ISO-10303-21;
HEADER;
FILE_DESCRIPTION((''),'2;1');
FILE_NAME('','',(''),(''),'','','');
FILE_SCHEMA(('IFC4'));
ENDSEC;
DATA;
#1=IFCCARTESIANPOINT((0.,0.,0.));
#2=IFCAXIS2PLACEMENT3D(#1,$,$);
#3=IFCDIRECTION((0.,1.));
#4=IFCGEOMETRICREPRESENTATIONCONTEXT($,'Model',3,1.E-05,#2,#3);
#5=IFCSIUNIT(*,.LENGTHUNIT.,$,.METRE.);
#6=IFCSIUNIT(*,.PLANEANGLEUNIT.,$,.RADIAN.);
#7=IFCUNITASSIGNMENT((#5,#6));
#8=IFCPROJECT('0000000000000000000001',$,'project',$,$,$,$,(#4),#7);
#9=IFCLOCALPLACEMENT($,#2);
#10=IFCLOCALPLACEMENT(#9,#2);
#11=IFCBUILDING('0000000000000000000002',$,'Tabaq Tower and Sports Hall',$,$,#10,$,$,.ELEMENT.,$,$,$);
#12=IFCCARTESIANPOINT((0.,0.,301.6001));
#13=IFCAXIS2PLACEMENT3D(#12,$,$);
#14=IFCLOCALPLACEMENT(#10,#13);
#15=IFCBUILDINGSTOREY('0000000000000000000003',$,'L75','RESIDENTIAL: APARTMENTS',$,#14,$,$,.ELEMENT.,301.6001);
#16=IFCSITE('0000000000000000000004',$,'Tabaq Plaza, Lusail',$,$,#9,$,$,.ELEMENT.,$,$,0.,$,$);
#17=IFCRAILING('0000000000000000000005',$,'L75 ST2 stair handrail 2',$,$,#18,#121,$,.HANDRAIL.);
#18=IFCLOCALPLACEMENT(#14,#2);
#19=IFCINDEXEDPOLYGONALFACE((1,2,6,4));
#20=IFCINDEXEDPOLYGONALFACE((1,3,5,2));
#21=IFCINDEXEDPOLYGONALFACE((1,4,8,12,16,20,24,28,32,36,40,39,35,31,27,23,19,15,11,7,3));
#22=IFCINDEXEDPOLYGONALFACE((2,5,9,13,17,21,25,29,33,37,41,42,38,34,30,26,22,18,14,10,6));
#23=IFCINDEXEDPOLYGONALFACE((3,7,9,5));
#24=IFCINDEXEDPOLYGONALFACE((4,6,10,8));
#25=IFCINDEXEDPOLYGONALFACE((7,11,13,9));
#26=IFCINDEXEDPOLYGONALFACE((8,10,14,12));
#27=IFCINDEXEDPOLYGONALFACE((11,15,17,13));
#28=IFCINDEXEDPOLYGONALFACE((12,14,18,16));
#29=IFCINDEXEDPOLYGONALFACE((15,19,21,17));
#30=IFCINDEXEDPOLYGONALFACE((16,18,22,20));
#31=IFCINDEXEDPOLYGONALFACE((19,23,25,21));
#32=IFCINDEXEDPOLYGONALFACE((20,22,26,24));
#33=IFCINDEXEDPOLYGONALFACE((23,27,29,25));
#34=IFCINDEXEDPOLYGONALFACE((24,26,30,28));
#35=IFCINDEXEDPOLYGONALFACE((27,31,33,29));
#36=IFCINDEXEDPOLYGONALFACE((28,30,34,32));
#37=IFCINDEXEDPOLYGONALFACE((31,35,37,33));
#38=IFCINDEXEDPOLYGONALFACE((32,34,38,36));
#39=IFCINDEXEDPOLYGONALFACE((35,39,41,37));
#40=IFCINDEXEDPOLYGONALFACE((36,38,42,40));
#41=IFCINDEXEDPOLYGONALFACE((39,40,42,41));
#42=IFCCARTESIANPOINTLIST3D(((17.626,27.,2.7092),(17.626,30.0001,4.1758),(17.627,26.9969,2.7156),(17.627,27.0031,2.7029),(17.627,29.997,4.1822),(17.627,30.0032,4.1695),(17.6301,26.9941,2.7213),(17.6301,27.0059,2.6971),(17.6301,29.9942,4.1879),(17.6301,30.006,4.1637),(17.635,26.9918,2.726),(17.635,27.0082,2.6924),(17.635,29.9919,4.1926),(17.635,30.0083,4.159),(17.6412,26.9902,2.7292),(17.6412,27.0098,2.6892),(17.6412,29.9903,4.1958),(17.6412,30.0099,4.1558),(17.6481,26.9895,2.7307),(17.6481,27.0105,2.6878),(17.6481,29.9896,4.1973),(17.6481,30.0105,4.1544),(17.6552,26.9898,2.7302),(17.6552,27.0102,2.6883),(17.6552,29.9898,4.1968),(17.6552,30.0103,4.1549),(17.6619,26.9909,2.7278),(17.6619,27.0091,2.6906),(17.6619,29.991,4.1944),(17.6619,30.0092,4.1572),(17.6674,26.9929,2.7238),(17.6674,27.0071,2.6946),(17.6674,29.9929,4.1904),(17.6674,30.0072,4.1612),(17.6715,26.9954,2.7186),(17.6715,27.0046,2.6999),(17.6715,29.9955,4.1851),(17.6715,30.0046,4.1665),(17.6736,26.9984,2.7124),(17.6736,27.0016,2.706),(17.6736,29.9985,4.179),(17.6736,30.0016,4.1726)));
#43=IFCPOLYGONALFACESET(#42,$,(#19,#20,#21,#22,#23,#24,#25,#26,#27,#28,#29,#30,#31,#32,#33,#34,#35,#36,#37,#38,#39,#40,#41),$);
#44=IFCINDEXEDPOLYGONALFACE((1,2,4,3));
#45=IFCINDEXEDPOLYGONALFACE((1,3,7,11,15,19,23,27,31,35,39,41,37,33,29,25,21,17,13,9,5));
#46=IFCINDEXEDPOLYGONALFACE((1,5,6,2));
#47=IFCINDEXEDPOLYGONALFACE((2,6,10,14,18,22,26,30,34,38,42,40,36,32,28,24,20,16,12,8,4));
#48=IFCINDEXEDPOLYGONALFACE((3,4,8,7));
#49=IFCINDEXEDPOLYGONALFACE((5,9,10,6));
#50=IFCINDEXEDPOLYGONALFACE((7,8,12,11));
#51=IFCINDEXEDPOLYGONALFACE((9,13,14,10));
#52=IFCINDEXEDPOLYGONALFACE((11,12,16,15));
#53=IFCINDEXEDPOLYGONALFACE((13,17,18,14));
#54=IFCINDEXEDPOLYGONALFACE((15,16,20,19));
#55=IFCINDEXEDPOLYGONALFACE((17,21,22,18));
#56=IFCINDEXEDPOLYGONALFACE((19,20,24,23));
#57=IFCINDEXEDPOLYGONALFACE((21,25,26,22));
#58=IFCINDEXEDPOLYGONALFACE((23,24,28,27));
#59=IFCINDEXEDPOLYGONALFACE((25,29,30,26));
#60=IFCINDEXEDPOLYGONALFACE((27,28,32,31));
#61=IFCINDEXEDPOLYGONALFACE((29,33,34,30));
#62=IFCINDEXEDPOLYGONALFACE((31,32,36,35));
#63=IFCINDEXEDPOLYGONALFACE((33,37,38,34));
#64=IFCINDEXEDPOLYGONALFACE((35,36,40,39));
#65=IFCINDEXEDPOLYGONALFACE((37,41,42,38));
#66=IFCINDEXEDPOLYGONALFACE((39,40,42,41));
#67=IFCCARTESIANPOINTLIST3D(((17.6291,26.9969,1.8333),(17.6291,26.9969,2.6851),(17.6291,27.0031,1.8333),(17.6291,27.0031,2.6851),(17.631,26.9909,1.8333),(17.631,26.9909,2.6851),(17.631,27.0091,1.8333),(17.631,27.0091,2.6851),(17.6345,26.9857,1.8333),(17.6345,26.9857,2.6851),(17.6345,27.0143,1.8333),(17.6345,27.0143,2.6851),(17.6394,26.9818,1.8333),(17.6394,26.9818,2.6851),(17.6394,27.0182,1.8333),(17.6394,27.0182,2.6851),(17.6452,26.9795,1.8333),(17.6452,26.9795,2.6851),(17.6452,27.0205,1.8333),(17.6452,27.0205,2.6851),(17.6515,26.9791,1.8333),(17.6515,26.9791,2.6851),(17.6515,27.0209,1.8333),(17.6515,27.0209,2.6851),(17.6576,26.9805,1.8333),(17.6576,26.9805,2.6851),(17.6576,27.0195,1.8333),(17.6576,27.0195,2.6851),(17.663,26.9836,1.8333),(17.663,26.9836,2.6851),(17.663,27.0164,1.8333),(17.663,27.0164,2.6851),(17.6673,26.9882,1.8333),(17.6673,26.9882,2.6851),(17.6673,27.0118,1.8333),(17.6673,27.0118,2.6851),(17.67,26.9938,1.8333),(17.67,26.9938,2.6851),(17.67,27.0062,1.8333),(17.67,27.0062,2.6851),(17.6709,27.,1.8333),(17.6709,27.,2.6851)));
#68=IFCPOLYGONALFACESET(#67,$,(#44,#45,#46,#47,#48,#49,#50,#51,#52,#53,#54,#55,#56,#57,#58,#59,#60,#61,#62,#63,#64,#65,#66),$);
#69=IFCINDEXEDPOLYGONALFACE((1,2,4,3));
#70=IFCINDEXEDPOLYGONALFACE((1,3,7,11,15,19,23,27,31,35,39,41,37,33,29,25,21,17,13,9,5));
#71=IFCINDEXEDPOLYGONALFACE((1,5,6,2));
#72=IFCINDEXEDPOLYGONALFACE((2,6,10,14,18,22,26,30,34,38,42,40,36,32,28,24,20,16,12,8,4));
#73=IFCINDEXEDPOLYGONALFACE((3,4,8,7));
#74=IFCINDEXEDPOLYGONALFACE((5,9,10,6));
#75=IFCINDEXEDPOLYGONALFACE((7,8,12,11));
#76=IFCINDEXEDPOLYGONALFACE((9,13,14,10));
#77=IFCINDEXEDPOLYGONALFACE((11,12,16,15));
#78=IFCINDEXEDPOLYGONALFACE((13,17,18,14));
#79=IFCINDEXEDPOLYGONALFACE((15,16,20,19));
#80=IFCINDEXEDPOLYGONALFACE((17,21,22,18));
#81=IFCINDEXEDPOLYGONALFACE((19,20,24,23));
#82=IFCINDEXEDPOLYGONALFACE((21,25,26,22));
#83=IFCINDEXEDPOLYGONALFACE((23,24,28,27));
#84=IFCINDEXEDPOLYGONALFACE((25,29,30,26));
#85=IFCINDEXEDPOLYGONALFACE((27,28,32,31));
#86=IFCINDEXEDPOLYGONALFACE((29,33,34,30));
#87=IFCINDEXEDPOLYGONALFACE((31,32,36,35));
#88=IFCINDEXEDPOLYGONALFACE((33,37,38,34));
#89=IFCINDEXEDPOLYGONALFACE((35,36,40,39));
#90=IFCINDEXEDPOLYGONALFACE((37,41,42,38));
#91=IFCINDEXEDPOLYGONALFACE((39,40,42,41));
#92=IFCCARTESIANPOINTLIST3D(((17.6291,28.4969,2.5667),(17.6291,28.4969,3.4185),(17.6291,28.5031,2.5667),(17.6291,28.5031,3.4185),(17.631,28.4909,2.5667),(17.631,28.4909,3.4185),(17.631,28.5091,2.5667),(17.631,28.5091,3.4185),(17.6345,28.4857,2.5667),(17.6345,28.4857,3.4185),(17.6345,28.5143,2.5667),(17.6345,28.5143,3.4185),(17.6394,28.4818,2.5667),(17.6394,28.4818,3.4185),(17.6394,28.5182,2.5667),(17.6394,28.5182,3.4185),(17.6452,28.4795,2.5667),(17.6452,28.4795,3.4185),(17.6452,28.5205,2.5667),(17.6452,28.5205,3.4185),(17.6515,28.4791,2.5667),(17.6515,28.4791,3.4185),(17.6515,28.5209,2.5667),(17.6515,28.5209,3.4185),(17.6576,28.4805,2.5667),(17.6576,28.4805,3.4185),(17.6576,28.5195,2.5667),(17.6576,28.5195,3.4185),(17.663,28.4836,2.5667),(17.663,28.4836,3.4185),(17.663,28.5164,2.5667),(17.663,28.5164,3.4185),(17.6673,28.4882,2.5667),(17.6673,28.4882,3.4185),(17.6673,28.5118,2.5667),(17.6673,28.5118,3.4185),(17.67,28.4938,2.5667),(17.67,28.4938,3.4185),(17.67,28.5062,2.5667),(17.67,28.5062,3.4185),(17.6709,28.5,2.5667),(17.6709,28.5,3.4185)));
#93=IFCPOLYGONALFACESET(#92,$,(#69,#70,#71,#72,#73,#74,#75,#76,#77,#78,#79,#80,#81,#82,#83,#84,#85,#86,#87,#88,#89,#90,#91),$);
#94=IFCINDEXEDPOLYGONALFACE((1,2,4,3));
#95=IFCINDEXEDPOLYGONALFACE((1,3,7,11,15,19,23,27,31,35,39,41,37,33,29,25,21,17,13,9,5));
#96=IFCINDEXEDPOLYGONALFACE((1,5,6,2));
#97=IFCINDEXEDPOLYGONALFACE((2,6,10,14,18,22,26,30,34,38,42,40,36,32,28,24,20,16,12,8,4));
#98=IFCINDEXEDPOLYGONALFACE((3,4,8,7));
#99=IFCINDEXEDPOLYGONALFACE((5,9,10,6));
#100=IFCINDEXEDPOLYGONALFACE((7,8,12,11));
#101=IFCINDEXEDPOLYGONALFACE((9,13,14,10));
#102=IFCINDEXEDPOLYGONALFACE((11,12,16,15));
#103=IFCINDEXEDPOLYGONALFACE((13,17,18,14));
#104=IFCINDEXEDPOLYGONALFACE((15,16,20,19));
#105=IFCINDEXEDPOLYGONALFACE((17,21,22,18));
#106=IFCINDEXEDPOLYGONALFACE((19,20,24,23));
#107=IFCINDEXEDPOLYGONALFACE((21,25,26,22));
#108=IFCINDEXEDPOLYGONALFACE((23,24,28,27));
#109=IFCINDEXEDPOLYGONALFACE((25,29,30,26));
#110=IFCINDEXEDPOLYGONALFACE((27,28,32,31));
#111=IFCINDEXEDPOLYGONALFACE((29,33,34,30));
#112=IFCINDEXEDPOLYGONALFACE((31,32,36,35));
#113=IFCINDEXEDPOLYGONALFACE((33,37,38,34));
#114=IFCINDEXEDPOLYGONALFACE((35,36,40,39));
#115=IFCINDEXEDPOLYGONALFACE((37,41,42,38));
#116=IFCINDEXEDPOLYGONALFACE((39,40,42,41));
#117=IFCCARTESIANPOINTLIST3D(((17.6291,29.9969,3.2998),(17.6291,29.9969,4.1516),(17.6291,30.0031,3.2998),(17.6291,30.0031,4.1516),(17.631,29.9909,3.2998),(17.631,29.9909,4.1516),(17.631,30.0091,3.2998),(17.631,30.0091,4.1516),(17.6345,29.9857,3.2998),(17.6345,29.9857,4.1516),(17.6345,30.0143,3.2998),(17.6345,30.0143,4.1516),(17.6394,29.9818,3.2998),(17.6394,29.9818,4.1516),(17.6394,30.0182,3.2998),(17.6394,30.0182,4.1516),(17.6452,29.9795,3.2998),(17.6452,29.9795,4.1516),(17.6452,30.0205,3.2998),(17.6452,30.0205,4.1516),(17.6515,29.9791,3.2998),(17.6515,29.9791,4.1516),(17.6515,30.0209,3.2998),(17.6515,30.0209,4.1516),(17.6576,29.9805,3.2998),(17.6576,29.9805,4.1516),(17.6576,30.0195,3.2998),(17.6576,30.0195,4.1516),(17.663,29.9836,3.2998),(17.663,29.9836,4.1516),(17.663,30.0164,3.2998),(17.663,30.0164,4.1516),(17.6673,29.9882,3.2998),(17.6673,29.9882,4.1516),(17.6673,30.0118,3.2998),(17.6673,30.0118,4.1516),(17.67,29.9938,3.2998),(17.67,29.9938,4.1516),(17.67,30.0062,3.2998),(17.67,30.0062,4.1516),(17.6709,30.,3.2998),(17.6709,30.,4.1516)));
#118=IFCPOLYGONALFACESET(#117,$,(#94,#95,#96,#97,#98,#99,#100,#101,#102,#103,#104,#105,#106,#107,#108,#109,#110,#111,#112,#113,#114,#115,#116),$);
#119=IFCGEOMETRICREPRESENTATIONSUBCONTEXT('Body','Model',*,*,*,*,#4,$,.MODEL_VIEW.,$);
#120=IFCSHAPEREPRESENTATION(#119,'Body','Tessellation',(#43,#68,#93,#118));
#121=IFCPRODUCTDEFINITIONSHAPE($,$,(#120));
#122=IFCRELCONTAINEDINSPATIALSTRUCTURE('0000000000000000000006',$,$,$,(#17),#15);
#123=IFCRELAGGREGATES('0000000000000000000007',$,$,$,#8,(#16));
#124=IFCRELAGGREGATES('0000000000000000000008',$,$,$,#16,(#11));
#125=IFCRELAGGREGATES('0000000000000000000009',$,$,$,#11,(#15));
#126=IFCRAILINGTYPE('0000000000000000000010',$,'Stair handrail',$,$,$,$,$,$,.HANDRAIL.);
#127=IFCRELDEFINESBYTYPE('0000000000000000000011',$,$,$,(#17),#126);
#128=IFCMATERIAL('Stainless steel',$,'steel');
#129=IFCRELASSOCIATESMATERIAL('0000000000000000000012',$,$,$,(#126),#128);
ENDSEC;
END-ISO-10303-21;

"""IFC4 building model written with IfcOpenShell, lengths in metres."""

from ifc_helpers import new_model, si_unit, direction, frame, origin, origin_2d, place, context, subcontext, project, spatial, circle, extrude, material, type_object, element, save


model = new_model("IFC4")

# Units and contexts
model_context = context("Model", 3, precision=1e-05, world=origin(), true_north=direction((0.0, 1.0)))
body_context = subcontext(model_context, "Body", "Model", "MODEL_VIEW")
ifc_project = project(units=[si_unit("LENGTHUNIT", "METRE"), si_unit("PLANEANGLEUNIT", "RADIAN")], contexts=[model_context])

# Site, building, storey
site_placement = place(None, origin())
site = spatial("IfcSite", under=ifc_project, at=site_placement, Name="Tabaq Plaza, Lusail", CompositionType="ELEMENT", RefElevation=0.0)
building_placement = place(site_placement, origin())
building = spatial("IfcBuilding", under=site, at=building_placement, Name="Tabaq Tower and Sports Hall", CompositionType="ELEMENT")
storey_placement = place(building_placement, frame((0.0, 0.0, 301.6001)))
storey = spatial("IfcBuildingStorey", under=building, at=storey_placement, Name="L75", Description="RESIDENTIAL: APARTMENTS", CompositionType="ELEMENT", Elevation=301.6001)

# Railing
ifc_material_1 = material(Name="Stainless steel", Category="steel")
railing_type_1 = type_object("IfcRailingType", Name="Stair handrail", PredefinedType="HANDRAIL", material=ifc_material_1)
railing_1_placement = place(storey_placement, frame((17.6499, 27.0, 1.8333)))
element("IfcRailing", 1, at=railing_1_placement, inside=storey, type_object=railing_type_1, Name="L75 ST2 stair handrail 2", PredefinedType="HANDRAIL", context=body_context, shape_type="SweptSolid", body=[
    extrude(circle(Radius=0.0239, at=origin_2d()), frame((0.0, 0.0, 0.876), z_axis=(0.0, 0.898398, 0.439183), x_axis=(-1.0, 0.0, 0.0)), (0.0, 0.0, 1.0), 3.3394),
    extrude(circle(Radius=0.021, at=origin_2d()), origin(), (0.0, 0.0, 1.0), 0.8518),
    extrude(circle(Radius=0.021, at=origin_2d()), frame((0.0, 1.5, 0.7334)), (0.0, 0.0, 1.0), 0.8518),
    extrude(circle(Radius=0.021, at=origin_2d()), frame((0.0, 3.0, 1.4666)), (0.0, 0.0, 1.0), 0.8518),
])

save(model, "model.ifc")
